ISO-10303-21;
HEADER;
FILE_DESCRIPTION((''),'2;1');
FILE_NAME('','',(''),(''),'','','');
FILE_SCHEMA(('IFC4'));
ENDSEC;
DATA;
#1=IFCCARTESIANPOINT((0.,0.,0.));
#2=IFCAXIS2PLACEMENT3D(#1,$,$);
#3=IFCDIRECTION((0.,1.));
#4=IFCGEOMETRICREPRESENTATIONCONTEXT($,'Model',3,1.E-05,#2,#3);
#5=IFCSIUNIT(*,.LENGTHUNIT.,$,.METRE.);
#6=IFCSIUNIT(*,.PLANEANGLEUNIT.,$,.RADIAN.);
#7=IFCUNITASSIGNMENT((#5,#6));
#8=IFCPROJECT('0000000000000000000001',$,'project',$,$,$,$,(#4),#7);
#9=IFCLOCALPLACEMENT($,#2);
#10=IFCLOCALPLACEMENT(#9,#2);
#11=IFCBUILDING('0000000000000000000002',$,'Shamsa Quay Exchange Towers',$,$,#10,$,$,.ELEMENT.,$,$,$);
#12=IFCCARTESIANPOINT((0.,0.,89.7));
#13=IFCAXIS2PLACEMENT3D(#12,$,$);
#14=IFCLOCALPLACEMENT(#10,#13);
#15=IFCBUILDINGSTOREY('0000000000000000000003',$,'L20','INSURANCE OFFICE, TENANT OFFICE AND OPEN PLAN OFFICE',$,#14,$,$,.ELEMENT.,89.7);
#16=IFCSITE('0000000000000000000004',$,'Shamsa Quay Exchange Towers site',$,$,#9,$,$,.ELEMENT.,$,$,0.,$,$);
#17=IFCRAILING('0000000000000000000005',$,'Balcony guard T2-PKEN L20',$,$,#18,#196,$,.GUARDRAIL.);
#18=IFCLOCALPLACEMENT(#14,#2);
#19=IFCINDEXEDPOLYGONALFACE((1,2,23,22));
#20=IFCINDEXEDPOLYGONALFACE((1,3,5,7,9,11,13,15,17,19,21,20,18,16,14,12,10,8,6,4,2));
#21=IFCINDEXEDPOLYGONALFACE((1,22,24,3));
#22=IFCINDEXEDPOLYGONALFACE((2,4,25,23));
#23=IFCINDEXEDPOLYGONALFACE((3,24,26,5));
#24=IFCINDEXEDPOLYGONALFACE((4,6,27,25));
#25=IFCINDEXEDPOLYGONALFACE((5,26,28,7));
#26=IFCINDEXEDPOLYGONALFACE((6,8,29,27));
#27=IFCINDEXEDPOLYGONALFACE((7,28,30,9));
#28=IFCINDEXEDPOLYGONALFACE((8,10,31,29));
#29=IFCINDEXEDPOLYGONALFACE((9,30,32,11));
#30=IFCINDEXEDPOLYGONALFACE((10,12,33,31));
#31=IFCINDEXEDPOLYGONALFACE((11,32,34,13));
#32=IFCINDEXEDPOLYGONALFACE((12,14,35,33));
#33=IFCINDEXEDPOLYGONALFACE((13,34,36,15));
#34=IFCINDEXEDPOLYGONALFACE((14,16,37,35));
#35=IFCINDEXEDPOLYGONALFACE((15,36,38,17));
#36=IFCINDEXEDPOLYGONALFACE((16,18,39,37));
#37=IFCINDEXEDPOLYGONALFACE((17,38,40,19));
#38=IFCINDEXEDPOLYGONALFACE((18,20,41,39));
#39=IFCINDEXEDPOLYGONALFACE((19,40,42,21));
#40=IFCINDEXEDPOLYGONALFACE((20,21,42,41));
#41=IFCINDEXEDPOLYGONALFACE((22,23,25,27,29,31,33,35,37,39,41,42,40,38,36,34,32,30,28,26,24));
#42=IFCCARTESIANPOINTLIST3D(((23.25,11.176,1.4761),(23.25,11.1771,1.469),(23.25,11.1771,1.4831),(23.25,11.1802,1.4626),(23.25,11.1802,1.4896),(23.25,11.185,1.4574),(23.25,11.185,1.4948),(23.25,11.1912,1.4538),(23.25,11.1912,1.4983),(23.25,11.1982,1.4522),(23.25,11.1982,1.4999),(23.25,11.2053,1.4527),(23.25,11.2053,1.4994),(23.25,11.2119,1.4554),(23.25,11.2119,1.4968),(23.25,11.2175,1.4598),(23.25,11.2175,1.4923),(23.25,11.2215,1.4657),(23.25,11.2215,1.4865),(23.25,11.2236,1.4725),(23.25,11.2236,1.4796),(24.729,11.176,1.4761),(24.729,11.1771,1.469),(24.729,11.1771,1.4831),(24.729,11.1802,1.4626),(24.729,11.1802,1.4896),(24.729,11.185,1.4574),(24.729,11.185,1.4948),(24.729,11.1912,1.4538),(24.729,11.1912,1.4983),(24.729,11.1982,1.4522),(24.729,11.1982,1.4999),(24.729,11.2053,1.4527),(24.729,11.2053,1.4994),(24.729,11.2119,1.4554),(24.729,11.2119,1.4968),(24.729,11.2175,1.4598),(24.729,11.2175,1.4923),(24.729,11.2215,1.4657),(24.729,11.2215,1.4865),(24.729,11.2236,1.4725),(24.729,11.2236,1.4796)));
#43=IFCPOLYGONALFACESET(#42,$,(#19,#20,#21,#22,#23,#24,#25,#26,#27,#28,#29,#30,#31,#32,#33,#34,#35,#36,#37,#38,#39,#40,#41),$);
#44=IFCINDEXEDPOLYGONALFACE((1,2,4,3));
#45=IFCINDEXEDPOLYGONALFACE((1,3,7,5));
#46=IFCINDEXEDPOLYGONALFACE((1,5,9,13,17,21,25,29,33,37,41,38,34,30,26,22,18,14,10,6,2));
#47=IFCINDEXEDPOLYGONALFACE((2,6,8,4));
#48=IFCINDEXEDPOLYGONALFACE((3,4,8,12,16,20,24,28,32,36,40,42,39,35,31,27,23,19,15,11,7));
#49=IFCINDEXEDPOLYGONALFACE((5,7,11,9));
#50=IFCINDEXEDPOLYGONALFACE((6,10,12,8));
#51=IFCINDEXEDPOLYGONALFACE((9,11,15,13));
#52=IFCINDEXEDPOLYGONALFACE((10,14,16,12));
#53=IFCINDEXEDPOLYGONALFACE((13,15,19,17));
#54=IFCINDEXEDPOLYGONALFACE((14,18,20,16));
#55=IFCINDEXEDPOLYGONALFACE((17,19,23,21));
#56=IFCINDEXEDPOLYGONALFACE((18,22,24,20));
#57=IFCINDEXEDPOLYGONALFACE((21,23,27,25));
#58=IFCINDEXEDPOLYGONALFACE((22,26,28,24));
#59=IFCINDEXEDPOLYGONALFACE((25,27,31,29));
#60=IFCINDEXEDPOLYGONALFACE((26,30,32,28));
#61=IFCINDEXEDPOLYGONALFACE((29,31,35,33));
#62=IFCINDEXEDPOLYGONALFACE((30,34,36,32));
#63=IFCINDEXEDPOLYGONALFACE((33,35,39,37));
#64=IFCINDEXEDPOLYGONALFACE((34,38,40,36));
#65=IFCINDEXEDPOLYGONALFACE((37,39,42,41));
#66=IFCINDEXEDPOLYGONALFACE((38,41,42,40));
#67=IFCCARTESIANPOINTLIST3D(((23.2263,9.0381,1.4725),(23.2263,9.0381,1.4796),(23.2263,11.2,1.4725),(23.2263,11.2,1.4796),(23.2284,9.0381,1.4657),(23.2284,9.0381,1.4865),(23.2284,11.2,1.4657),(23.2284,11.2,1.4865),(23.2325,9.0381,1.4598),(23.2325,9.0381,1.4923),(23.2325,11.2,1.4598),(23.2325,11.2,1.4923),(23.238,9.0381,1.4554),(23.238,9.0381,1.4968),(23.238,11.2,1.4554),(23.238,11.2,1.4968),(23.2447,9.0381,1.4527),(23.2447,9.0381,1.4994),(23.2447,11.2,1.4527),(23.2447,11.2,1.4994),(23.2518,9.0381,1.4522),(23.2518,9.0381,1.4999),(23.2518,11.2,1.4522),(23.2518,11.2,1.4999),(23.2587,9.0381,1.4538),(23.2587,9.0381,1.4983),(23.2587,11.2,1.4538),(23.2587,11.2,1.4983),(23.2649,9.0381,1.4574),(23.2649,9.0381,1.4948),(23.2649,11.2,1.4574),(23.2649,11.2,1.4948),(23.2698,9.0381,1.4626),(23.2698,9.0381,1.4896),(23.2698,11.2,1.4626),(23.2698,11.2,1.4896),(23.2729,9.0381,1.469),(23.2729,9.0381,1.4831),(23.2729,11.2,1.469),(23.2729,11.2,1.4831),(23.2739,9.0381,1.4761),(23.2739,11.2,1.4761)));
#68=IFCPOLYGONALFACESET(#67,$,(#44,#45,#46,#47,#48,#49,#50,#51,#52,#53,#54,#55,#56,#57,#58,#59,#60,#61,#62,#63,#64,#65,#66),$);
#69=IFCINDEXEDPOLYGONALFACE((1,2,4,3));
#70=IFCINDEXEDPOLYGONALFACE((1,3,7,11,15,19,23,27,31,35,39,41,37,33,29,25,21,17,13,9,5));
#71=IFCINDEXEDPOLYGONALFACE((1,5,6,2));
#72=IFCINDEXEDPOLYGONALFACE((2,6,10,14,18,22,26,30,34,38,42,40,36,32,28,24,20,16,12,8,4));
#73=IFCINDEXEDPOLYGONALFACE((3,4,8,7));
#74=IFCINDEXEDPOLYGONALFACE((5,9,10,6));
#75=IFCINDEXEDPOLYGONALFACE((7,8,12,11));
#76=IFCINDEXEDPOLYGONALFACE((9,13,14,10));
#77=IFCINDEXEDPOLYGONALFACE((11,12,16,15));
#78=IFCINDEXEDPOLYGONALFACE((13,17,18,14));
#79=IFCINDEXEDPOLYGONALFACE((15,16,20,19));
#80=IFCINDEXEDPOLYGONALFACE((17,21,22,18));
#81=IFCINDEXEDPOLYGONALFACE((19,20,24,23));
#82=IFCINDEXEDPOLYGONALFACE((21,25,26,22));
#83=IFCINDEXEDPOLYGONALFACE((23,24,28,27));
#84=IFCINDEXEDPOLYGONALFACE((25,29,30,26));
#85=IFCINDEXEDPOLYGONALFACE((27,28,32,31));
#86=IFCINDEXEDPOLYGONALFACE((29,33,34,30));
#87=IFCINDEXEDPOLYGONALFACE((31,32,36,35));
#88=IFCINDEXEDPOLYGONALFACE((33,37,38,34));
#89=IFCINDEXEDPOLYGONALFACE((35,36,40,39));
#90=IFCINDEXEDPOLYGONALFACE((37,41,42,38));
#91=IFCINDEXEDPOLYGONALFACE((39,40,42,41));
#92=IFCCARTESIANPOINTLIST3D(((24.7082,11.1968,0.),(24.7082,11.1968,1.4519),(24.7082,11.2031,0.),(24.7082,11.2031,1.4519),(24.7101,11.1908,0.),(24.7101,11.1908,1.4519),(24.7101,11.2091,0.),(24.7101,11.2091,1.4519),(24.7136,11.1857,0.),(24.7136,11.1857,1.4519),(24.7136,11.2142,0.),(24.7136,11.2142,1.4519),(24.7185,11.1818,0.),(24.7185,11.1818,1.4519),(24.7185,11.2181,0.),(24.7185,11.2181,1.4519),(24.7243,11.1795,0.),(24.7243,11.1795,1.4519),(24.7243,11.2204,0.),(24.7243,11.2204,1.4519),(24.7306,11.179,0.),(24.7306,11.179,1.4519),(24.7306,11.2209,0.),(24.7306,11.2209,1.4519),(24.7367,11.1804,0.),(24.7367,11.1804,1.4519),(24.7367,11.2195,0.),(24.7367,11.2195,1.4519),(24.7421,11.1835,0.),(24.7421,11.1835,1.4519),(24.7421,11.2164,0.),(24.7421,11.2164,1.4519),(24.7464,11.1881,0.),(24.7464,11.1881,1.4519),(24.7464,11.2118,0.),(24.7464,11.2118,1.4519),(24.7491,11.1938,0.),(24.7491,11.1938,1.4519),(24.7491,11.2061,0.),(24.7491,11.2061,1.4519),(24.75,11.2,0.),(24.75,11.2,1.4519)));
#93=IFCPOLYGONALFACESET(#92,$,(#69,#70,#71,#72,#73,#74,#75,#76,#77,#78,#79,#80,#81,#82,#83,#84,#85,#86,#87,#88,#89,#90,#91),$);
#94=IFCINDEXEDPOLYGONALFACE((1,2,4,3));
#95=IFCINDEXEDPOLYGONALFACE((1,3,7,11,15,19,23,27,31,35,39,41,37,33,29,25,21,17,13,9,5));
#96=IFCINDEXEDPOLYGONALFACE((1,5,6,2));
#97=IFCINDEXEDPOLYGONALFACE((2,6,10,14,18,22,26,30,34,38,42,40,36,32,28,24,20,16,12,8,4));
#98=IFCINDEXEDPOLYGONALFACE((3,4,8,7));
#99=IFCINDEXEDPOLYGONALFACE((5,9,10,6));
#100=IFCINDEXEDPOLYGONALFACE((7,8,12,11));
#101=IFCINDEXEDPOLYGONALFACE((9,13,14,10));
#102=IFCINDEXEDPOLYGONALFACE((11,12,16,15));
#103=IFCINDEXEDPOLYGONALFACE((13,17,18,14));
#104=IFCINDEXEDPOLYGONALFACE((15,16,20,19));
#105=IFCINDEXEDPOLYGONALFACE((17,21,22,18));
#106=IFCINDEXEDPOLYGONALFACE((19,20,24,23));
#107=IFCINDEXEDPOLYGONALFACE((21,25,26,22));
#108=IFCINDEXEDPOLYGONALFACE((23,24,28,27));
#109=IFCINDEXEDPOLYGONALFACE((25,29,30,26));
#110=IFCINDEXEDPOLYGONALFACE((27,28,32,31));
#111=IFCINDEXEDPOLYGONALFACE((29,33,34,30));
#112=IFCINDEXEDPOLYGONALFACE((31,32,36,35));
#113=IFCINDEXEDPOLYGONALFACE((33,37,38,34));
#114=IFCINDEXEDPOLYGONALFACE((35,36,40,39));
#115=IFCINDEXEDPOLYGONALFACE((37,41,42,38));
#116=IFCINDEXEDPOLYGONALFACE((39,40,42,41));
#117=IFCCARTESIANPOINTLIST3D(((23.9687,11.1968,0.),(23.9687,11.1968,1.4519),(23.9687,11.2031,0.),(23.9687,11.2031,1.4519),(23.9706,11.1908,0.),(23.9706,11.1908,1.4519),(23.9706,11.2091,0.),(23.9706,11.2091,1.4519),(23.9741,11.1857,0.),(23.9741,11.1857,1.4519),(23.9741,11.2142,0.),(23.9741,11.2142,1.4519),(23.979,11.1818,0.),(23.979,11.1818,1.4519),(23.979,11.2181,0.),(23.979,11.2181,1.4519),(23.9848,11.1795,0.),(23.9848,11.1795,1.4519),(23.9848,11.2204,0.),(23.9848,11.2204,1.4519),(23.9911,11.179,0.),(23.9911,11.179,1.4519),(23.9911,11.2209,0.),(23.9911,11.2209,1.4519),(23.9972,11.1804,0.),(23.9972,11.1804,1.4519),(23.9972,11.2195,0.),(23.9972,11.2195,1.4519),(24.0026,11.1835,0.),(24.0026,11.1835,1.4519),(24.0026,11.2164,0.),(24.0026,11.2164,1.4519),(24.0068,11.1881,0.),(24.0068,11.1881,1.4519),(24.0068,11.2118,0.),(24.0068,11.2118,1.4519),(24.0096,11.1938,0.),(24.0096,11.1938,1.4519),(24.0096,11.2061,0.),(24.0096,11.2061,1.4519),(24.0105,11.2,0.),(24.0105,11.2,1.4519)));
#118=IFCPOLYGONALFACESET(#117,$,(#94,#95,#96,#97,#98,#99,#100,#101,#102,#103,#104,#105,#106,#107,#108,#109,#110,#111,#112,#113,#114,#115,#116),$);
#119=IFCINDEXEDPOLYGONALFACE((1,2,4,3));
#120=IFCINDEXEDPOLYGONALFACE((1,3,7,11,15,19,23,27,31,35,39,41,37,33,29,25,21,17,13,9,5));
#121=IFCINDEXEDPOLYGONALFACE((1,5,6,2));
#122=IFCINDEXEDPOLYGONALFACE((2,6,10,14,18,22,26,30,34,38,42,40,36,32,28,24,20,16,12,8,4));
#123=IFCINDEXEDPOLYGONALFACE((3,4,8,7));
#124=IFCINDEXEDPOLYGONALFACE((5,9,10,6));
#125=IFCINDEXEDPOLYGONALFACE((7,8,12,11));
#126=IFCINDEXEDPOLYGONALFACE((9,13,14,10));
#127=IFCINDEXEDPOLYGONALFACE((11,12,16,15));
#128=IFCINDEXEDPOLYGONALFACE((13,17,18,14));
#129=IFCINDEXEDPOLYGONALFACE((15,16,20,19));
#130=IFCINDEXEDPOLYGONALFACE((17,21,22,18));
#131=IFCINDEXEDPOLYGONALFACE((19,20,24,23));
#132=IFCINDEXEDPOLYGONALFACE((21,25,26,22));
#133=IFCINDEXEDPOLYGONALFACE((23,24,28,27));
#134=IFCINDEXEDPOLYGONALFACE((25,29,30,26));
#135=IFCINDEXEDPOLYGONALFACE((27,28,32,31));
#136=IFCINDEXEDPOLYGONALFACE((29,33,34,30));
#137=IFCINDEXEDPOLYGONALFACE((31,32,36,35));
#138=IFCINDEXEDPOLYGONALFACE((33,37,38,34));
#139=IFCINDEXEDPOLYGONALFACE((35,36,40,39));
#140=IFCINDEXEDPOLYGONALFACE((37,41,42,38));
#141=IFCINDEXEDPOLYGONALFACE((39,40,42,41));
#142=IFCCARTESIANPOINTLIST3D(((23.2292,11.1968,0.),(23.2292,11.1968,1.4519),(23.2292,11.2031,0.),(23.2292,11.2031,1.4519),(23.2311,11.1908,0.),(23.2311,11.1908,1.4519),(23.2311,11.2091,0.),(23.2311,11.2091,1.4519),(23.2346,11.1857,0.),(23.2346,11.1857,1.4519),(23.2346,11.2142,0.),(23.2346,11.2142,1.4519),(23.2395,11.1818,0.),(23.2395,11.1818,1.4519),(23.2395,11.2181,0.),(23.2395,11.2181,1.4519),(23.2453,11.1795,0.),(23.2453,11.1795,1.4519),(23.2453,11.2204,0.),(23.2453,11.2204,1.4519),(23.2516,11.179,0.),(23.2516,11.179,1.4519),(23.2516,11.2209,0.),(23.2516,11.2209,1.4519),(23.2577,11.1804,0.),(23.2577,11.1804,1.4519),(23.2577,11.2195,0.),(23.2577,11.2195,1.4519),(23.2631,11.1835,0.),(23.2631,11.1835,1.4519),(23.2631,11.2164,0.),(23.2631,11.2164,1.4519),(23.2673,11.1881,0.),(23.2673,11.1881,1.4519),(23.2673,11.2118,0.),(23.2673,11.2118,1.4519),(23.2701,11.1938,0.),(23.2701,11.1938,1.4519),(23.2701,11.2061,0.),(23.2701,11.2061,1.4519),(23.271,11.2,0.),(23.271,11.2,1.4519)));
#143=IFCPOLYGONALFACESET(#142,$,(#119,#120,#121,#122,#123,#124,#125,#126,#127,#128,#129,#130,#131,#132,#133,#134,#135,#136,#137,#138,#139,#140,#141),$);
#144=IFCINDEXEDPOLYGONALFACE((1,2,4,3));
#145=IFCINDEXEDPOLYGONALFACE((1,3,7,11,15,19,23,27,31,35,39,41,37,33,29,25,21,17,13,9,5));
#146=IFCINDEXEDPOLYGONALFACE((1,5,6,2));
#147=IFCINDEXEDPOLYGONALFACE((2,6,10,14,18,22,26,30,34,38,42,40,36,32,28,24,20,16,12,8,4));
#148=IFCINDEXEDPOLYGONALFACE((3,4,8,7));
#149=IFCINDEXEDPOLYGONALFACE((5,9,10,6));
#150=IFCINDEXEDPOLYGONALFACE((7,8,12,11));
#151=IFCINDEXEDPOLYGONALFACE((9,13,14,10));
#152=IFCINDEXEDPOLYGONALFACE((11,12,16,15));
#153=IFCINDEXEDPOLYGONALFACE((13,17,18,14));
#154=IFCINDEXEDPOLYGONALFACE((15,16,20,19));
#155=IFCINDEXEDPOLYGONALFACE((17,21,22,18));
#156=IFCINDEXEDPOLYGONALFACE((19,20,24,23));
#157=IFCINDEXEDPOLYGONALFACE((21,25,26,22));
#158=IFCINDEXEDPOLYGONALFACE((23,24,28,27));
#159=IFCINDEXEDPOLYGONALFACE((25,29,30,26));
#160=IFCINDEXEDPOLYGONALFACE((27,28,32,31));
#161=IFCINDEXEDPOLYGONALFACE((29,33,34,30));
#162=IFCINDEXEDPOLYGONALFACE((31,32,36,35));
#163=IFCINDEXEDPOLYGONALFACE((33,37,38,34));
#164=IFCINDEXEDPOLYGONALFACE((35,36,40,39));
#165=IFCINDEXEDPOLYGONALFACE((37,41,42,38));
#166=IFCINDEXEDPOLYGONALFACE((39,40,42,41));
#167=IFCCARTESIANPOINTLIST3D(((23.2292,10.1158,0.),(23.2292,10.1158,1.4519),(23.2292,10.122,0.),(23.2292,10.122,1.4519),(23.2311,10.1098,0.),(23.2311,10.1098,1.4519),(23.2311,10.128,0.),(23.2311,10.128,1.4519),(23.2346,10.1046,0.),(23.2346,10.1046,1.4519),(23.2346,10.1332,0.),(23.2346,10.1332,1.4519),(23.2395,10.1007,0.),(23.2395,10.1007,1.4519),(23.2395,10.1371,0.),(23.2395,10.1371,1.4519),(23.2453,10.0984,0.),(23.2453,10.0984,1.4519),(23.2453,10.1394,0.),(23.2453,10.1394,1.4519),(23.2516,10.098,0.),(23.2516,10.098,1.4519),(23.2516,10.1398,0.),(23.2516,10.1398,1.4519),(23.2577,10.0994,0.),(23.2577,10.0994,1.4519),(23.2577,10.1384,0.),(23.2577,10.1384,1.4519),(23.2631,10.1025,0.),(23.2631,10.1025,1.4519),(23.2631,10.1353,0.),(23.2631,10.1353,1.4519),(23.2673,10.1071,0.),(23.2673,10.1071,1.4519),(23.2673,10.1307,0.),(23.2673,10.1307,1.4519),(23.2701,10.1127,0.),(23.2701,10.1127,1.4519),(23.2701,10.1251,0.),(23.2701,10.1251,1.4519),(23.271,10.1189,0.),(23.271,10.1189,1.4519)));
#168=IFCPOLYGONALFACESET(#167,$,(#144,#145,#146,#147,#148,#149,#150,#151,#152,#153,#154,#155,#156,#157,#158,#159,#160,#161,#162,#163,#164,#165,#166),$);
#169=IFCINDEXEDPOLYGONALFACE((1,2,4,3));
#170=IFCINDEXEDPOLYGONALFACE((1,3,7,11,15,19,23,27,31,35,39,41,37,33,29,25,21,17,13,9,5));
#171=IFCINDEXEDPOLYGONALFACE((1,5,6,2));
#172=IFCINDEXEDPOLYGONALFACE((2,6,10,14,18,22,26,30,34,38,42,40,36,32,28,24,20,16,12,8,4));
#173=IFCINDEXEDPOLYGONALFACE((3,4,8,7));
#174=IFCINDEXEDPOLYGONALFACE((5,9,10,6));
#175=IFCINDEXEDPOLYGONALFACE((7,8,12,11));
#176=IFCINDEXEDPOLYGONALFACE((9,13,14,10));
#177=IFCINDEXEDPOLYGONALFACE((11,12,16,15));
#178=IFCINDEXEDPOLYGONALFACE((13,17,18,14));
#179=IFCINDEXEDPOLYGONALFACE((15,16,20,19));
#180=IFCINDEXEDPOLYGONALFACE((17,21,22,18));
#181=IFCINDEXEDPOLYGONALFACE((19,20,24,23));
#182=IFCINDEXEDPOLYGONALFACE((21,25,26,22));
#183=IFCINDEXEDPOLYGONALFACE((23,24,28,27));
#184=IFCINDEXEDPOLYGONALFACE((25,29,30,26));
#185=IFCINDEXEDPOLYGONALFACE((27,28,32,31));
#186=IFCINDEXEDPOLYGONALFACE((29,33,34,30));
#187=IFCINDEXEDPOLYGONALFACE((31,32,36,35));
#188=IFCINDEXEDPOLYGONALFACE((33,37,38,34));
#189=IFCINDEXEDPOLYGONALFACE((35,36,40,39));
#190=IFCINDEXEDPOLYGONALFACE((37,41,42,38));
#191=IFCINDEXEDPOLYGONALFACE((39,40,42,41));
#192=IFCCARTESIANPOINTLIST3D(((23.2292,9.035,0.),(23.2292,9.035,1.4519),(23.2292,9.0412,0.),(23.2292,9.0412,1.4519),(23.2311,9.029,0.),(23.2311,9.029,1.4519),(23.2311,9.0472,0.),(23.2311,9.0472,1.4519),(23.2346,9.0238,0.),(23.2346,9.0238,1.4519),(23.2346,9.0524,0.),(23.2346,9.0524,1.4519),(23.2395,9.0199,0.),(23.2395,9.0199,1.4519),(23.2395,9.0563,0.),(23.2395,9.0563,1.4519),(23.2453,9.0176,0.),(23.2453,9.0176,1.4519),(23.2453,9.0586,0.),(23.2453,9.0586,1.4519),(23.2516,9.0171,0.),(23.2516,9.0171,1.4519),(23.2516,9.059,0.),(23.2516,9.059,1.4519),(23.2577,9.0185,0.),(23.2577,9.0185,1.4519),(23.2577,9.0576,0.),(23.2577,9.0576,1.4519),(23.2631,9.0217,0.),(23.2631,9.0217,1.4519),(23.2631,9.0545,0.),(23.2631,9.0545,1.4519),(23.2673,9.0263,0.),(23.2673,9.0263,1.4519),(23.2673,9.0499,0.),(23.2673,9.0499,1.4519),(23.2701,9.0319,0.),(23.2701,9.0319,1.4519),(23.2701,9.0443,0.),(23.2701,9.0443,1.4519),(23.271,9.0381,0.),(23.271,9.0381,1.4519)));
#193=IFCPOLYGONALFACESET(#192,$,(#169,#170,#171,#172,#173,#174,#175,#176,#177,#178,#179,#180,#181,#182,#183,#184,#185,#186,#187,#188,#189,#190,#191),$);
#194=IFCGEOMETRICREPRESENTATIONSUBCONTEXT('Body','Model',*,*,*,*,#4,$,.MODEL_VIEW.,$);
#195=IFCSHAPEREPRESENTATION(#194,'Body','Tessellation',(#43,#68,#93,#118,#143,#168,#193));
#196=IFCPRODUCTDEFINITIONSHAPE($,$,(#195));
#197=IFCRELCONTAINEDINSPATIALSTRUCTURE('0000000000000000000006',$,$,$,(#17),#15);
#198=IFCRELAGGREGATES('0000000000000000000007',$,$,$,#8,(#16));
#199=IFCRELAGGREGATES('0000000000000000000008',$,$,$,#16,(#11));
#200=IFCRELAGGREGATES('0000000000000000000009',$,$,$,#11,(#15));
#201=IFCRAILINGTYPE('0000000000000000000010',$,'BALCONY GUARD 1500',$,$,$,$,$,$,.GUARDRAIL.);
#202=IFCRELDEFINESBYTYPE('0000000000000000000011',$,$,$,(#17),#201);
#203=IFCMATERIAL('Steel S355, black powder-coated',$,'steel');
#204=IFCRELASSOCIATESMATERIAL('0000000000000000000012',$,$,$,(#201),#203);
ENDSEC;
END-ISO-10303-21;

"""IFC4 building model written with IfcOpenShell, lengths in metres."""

from ifc_helpers import new_model, si_unit, direction, frame, origin, origin_2d, place, context, subcontext, project, spatial, circle, extrude, material, type_object, element, save


model = new_model("IFC4")

# Units and contexts
model_context = context("Model", 3, precision=1e-05, world=origin(), true_north=direction((0.0, 1.0)))
body_context = subcontext(model_context, "Body", "Model", "MODEL_VIEW")
ifc_project = project(units=[si_unit("LENGTHUNIT", "METRE"), si_unit("PLANEANGLEUNIT", "RADIAN")], contexts=[model_context])

# Site, building, storey
site_placement = place(None, origin())
site = spatial("IfcSite", under=ifc_project, at=site_placement, Name="Shamsa Quay Exchange Towers site", CompositionType="ELEMENT", RefElevation=0.0)
building_placement = place(site_placement, origin())
building = spatial("IfcBuilding", under=site, at=building_placement, Name="Shamsa Quay Exchange Towers", CompositionType="ELEMENT")
storey_placement = place(building_placement, frame((0.0, 0.0, 89.7)))
storey = spatial("IfcBuildingStorey", under=building, at=storey_placement, Name="L20", Description="INSURANCE OFFICE, TENANT OFFICE AND OPEN PLAN OFFICE", CompositionType="ELEMENT", Elevation=89.7)

# Railing
ifc_material_1 = material(Name="Steel S355, black powder-coated", Category="steel")
railing_type = type_object("IfcRailingType", Name="BALCONY GUARD 1500", PredefinedType="GUARDRAIL", material=ifc_material_1)
for number, where, name in (
    (1, (24.729, 11.2, 0.0), "Balcony guard T2-PKEN L20"),
):
    element("IfcRailing", number, at=place(storey_placement, frame(where)), inside=storey, type_object=railing_type, Name=name, PredefinedType="GUARDRAIL", context=body_context, shape_type="SweptSolid", body=[
        extrude(circle(Radius=0.0239, at=origin_2d()), frame((0.0, 0.0, 1.4761), z_axis=(-1.0, 0.0, 0.0), x_axis=(0.0, -1.0, 0.0)), (0.0, 0.0, 1.0), 1.479),
        extrude(circle(Radius=0.0239, at=origin_2d()), frame((-1.479, 0.0, 1.4761), z_axis=(0.0, -1.0, 0.0), x_axis=(1.0, 0.0, 0.0)), (0.0, 0.0, 1.0), 2.1619),
        extrude(circle(Radius=0.021, at=origin_2d()), origin(), (0.0, 0.0, 1.0), 1.4519),
        extrude(circle(Radius=0.021, at=origin_2d()), frame((-0.7395, 0.0, 0.0)), (0.0, 0.0, 1.0), 1.4519),
        extrude(circle(Radius=0.021, at=origin_2d()), frame((-1.479, 0.0, 0.0)), (0.0, 0.0, 1.0), 1.4519),
        extrude(circle(Radius=0.021, at=origin_2d()), frame((-1.479, -1.0811, 0.0)), (0.0, 0.0, 1.0), 1.4519),
        extrude(circle(Radius=0.021, at=origin_2d()), frame((-1.479, -2.1619, 0.0)), (0.0, 0.0, 1.0), 1.4519),
    ])

save(model, "model.ifc")
